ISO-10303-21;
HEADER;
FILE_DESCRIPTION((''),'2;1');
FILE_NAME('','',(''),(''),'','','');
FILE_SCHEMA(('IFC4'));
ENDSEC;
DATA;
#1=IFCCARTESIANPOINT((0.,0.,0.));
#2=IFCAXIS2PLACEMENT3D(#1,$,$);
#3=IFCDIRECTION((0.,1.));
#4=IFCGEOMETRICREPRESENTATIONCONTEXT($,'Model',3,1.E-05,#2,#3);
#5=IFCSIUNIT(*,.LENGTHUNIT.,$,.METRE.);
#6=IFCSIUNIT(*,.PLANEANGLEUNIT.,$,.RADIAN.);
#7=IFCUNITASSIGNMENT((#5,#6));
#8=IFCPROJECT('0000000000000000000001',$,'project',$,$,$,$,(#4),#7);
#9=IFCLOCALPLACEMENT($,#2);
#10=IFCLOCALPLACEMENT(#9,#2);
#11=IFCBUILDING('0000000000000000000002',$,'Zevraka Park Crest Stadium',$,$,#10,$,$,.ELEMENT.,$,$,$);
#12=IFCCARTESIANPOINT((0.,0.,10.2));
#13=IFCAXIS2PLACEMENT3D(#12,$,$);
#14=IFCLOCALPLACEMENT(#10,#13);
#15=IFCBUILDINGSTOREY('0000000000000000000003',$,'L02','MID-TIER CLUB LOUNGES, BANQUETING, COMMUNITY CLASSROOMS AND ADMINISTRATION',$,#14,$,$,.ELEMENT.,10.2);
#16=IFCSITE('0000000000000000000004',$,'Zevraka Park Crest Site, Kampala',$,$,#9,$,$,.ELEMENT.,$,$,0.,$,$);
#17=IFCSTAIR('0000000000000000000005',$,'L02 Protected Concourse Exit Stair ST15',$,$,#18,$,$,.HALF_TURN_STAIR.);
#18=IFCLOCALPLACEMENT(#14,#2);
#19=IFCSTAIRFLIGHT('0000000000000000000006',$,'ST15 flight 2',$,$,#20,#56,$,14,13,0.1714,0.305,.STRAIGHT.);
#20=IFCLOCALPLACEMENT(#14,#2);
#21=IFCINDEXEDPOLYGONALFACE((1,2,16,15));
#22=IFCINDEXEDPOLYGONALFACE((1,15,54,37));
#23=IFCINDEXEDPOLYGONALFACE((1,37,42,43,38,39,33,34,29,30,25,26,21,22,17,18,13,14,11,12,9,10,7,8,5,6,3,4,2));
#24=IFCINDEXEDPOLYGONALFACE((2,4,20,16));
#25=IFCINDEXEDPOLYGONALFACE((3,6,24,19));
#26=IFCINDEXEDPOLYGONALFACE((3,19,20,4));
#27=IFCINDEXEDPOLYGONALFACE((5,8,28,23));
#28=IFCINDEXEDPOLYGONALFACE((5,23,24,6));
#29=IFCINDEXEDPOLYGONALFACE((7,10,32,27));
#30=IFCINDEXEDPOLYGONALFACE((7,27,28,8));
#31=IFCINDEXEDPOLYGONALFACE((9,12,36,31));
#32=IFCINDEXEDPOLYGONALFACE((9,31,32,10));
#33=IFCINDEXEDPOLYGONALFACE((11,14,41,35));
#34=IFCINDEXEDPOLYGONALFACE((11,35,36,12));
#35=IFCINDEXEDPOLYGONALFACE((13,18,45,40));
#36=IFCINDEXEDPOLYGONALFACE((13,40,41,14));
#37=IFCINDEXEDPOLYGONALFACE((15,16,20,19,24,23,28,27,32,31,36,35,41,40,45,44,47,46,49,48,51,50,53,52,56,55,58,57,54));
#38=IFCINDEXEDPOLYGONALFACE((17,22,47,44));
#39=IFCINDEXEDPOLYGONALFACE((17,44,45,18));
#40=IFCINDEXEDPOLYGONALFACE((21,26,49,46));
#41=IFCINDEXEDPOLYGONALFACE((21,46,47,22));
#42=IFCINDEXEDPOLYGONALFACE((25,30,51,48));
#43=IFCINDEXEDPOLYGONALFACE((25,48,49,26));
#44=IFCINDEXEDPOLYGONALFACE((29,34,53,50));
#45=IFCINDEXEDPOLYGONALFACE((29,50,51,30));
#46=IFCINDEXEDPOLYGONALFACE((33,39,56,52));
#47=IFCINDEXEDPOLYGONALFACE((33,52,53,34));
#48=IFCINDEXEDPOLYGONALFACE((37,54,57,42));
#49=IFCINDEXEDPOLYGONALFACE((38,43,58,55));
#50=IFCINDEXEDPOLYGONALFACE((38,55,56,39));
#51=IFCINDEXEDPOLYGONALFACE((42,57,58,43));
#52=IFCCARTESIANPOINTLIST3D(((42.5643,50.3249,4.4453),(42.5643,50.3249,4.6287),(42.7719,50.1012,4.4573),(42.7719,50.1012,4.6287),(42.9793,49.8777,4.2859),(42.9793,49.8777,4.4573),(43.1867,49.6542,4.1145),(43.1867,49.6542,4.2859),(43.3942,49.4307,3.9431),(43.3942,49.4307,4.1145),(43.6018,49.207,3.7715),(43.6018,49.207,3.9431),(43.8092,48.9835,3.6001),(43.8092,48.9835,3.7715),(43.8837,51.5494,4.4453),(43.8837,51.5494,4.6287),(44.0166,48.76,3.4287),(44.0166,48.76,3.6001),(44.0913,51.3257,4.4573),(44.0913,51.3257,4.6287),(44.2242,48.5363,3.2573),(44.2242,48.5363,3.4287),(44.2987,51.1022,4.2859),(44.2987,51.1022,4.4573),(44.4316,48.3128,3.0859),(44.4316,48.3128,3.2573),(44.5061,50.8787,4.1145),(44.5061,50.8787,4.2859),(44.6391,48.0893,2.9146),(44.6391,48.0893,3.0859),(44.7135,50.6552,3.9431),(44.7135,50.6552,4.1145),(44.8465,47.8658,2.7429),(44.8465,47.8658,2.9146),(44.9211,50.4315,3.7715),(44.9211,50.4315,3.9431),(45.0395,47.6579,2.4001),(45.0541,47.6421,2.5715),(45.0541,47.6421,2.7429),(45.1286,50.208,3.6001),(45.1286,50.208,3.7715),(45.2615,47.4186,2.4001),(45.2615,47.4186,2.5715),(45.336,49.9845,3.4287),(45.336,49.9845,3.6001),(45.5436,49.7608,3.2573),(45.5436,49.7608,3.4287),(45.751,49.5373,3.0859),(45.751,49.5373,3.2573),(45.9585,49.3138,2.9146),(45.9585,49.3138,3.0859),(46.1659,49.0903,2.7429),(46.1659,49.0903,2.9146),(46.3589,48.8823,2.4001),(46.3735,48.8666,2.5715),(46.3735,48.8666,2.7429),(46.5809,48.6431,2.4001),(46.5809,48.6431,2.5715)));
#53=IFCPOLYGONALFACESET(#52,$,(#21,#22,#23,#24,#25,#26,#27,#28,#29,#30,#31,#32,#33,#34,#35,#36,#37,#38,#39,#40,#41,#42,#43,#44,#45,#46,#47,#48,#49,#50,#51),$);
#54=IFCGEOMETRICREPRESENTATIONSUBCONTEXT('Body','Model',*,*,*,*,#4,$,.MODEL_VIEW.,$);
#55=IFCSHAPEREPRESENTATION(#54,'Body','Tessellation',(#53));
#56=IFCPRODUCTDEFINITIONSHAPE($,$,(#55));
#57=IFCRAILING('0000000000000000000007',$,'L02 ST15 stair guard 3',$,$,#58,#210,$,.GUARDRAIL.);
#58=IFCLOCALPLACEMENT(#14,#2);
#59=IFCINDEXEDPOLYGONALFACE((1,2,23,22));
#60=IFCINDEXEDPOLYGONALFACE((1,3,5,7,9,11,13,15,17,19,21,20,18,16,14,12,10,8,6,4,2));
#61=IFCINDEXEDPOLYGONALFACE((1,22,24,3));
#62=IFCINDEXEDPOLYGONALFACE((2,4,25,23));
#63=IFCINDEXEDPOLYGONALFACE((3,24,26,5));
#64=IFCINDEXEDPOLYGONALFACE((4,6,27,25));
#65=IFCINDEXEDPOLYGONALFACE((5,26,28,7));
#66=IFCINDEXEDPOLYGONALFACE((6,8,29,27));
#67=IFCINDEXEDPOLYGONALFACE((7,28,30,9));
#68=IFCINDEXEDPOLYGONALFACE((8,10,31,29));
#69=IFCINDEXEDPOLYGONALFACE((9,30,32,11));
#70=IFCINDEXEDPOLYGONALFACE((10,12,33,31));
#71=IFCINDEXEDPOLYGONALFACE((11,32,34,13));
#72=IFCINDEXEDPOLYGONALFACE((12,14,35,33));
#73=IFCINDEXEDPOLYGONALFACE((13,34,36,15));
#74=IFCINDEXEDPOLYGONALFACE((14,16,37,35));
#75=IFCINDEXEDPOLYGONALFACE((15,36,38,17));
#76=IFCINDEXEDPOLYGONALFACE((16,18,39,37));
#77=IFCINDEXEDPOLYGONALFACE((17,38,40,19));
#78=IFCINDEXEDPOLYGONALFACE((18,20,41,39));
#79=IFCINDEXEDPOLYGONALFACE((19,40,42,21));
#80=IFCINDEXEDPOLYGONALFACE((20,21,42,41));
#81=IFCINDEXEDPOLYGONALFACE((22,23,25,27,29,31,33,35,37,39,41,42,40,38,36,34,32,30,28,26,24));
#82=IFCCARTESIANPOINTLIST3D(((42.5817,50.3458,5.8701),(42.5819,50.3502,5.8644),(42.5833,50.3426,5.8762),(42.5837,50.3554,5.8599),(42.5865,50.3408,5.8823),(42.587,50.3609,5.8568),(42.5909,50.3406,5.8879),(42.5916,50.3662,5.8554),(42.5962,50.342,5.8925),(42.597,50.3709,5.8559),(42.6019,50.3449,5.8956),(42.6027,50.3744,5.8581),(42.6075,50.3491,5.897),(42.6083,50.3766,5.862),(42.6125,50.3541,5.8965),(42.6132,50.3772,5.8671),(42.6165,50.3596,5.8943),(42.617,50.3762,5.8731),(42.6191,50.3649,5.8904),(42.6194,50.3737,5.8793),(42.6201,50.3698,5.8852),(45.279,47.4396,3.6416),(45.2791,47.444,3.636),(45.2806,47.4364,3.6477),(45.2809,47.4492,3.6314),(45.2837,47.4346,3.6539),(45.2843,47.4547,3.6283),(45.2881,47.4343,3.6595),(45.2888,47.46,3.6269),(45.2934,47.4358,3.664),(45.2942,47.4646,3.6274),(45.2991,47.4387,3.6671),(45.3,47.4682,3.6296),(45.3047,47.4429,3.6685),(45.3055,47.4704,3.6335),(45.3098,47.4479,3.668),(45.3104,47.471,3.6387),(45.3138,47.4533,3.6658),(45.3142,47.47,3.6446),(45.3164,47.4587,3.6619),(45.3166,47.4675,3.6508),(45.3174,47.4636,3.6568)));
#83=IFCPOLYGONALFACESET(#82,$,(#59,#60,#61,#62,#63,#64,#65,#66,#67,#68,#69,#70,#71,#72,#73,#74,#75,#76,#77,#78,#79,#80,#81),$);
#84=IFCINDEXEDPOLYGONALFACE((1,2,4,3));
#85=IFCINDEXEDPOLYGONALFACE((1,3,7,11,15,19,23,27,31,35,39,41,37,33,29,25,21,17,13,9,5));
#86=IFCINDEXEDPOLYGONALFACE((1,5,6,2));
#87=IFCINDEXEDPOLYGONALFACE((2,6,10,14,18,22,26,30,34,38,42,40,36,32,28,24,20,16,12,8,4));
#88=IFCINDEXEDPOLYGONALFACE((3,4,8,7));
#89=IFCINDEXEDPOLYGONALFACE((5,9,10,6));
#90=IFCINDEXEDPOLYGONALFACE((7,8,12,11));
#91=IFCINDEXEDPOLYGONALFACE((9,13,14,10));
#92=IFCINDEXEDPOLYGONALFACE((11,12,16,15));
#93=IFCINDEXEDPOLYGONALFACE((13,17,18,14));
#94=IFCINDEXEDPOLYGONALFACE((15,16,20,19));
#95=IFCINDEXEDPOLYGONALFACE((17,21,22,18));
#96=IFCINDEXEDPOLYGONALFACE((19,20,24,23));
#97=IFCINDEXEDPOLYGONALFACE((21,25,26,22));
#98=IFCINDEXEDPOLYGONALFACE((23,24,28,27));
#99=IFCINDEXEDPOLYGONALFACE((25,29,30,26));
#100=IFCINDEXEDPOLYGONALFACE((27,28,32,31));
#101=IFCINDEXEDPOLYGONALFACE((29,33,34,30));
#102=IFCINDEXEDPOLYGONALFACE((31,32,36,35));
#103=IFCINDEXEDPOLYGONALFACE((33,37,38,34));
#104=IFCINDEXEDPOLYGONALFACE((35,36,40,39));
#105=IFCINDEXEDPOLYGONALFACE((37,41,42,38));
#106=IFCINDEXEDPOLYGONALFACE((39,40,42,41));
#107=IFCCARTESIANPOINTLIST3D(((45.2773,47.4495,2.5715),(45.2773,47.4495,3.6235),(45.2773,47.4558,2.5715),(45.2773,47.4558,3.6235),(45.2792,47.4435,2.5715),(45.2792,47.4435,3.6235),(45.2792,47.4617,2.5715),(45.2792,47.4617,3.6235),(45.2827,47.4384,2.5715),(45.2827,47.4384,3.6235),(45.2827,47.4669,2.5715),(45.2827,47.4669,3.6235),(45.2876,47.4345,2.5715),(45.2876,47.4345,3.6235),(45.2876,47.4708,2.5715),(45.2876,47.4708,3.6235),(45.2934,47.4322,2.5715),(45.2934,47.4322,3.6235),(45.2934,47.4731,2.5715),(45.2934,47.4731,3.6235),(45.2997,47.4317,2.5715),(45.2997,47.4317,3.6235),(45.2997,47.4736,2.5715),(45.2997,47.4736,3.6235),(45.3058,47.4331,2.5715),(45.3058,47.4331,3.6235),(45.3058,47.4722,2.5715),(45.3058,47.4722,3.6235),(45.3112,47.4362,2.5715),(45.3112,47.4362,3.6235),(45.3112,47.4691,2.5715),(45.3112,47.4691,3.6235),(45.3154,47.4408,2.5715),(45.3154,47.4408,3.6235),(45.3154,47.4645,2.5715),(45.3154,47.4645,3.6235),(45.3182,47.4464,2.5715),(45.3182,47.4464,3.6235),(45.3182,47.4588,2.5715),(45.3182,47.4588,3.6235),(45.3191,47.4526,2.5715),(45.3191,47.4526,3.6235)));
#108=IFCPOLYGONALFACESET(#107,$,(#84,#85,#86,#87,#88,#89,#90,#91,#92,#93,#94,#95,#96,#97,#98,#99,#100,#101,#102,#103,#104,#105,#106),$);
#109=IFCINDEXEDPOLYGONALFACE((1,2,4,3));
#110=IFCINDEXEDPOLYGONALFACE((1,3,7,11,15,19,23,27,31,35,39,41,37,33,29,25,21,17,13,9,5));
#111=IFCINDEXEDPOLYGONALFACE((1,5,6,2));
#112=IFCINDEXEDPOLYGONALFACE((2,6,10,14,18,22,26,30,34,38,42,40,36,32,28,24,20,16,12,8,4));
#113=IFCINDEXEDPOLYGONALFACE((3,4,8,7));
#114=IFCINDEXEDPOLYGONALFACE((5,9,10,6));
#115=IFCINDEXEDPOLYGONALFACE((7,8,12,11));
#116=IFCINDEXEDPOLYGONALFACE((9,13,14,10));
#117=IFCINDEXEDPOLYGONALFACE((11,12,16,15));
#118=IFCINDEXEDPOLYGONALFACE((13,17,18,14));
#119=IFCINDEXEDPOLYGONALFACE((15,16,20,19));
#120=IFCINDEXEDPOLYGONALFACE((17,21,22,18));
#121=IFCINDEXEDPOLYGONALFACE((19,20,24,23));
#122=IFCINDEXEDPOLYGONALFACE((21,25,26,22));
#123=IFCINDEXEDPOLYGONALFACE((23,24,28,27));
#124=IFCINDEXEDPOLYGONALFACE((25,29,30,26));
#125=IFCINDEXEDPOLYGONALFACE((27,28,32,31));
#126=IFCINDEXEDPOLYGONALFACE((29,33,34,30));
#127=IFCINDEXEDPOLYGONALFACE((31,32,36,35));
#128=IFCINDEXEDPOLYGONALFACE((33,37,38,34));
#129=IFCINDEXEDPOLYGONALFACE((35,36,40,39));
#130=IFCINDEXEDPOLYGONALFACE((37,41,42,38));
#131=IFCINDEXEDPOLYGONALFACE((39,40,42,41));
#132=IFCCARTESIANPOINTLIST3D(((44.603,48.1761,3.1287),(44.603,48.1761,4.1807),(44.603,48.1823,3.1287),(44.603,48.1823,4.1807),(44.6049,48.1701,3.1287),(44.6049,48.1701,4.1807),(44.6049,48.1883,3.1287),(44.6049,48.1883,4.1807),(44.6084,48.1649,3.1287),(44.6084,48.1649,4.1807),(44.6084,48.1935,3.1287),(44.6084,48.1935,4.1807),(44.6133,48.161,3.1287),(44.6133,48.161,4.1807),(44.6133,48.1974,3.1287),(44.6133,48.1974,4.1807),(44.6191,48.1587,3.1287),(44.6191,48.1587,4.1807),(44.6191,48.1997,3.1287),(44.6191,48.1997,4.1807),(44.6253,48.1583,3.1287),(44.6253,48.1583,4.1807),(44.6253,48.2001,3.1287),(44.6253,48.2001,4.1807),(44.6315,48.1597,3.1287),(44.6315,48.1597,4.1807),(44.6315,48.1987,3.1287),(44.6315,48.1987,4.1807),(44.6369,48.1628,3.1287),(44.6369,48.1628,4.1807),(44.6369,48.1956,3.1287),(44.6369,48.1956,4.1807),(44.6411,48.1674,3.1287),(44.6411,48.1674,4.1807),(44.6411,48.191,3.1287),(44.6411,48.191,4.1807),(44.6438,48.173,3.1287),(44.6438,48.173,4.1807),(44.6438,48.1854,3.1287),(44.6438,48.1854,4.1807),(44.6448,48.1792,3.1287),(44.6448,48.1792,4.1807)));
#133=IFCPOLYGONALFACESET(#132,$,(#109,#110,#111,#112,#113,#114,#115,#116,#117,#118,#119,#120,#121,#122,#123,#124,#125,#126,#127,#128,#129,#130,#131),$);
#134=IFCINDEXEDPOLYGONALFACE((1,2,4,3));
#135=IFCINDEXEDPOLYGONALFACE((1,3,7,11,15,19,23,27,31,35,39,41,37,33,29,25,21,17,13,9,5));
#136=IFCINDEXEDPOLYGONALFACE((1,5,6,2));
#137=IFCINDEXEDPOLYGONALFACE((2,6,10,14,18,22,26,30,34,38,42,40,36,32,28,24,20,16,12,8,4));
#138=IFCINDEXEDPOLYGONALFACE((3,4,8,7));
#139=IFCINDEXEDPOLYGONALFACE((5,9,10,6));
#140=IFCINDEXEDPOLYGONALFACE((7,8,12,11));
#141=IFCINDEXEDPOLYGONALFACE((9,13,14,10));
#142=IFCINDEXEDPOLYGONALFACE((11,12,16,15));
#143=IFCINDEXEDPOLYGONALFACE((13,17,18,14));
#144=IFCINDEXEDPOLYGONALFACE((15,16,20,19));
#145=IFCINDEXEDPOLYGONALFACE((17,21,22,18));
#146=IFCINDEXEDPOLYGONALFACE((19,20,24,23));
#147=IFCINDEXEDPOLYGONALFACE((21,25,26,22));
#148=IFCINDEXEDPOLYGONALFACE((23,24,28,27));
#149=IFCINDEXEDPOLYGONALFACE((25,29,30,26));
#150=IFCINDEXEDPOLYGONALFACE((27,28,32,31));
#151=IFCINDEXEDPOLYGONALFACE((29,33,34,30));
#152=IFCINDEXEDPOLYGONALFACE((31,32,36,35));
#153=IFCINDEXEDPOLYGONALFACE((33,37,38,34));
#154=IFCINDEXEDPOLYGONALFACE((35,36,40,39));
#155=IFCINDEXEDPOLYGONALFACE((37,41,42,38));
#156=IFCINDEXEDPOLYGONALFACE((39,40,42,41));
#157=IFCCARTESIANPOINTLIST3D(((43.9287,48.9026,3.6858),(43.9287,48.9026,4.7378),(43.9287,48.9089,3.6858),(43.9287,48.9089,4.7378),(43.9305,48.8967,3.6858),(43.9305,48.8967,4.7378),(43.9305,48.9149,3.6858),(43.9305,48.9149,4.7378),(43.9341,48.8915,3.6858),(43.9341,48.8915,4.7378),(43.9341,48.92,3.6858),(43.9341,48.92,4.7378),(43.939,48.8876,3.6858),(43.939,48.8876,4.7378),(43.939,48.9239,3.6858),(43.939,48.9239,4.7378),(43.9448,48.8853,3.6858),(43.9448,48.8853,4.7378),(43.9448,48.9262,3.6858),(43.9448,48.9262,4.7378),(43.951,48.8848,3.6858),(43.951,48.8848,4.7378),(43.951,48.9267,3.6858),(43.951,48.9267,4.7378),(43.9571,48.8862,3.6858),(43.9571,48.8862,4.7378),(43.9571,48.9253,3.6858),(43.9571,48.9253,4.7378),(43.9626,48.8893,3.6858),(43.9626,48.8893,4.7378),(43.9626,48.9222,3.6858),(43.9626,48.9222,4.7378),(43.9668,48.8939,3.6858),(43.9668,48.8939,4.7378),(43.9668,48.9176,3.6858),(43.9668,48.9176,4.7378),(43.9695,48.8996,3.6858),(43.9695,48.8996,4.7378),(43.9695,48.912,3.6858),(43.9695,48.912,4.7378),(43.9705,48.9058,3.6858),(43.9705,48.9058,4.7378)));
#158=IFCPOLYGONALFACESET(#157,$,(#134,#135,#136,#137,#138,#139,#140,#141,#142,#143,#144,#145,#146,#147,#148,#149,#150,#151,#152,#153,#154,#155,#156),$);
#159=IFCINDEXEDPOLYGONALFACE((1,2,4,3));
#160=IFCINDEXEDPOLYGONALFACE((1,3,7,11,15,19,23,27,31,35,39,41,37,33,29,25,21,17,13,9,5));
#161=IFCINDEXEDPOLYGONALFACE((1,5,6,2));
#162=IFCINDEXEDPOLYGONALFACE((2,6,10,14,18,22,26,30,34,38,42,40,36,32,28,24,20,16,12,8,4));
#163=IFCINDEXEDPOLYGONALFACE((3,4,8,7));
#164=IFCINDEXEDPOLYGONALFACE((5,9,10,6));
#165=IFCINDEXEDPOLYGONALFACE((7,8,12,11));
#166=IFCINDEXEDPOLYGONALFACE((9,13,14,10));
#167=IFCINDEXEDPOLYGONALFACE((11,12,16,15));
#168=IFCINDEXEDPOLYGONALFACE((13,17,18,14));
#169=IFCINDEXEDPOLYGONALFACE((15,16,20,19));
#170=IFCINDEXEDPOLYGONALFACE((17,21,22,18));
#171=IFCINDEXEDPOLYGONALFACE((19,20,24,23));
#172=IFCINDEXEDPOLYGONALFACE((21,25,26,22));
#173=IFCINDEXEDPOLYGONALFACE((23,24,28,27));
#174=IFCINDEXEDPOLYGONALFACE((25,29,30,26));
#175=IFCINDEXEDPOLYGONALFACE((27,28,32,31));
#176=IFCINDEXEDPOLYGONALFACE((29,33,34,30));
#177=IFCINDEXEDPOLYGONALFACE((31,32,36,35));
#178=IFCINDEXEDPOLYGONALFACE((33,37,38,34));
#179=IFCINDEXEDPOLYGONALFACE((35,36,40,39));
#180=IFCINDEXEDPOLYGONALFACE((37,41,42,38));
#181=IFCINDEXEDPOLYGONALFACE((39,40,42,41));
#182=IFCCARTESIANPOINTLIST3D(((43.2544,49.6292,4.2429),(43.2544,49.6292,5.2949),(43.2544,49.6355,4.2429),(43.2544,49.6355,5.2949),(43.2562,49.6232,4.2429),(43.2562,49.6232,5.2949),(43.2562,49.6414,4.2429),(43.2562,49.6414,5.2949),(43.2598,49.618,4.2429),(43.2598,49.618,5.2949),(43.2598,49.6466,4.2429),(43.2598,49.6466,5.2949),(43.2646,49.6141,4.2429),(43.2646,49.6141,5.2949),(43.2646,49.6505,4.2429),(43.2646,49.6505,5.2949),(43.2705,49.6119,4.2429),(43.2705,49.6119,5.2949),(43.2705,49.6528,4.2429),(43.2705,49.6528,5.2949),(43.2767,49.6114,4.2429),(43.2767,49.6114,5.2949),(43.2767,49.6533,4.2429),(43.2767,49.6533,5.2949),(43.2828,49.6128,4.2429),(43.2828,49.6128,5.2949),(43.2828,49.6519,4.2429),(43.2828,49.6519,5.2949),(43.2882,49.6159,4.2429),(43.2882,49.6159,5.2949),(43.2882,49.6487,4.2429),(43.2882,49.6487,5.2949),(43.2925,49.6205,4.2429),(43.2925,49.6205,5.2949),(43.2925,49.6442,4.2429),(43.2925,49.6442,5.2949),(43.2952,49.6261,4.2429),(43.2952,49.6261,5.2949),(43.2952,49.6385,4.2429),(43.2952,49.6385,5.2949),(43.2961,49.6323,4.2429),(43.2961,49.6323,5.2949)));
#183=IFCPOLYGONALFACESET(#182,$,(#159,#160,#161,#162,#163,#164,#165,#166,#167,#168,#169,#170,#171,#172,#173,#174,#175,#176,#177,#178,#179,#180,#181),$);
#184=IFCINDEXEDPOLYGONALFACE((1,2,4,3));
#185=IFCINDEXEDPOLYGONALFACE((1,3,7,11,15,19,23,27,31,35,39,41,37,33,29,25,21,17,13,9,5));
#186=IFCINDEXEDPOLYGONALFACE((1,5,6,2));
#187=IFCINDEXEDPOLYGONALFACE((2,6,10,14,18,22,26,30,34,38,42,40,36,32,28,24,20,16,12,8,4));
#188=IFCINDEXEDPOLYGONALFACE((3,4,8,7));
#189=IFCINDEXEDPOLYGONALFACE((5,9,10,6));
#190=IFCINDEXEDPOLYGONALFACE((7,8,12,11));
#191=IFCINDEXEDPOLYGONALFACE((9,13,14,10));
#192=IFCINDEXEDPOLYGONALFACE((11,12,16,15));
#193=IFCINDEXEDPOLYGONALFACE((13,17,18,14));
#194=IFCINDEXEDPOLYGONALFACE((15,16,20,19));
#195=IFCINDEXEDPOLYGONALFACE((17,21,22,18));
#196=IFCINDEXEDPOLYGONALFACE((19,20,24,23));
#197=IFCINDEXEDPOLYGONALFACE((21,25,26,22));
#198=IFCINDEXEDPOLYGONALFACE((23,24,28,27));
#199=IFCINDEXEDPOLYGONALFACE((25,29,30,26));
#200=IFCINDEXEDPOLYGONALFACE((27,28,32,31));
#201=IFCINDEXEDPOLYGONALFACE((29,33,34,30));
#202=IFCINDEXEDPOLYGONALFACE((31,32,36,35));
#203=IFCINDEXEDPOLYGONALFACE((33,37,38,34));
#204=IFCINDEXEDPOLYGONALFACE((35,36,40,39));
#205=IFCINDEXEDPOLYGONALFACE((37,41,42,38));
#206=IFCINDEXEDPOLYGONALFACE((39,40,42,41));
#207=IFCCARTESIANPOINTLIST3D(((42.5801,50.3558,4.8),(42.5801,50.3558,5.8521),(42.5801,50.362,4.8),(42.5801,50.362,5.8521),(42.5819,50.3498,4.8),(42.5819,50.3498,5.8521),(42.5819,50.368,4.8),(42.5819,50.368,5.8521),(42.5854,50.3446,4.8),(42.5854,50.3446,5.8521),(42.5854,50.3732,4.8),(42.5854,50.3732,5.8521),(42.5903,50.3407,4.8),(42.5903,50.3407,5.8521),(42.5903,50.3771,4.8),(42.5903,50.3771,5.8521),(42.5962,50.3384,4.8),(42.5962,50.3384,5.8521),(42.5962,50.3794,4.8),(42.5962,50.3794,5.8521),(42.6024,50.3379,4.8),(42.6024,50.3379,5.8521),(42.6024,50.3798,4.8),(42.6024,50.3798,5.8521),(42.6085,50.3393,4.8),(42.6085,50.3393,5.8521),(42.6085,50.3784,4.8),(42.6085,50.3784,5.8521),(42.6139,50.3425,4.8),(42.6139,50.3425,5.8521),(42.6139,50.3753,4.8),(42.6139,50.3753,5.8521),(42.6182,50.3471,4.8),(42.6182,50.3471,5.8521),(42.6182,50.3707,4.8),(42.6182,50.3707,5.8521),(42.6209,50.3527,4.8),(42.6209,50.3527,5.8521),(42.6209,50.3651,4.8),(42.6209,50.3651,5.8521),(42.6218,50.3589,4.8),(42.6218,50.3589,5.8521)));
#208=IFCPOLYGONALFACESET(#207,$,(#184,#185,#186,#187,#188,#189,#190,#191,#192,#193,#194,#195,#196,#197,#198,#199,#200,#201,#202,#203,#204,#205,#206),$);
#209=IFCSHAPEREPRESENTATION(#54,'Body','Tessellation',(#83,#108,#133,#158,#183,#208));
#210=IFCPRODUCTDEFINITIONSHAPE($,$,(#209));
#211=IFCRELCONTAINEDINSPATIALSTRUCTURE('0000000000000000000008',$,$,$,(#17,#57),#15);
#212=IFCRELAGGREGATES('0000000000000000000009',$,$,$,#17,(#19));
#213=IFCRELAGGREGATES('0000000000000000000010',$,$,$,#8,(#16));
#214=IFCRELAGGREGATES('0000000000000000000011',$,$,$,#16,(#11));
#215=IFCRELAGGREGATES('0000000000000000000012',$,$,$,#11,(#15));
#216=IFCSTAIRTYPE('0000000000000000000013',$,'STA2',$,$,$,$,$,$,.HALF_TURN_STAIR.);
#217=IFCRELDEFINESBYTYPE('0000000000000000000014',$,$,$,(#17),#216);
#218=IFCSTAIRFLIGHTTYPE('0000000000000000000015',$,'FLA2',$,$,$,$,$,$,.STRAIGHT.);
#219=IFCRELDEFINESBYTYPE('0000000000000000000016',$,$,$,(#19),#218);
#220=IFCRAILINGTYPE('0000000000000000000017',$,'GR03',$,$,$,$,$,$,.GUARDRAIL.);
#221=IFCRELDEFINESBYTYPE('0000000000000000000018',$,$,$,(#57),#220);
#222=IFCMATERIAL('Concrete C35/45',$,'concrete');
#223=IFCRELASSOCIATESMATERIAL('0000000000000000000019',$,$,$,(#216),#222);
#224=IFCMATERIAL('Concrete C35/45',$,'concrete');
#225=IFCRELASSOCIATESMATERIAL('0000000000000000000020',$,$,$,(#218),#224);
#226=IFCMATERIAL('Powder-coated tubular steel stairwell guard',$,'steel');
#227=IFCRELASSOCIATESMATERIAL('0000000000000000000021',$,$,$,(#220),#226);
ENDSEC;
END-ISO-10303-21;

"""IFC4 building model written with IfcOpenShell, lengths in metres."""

from ifc_helpers import new_model, si_unit, direction, frame, origin, origin_2d, place, context, subcontext, project, spatial, polyline, circle, outline, extrude, material, type_object, element, aggregate, save


model = new_model("IFC4")

# Units and contexts
model_context = context("Model", 3, precision=1e-05, world=origin(), true_north=direction((0.0, 1.0)))
body_context = subcontext(model_context, "Body", "Model", "MODEL_VIEW")
ifc_project = project(units=[si_unit("LENGTHUNIT", "METRE"), si_unit("PLANEANGLEUNIT", "RADIAN")], contexts=[model_context])

# Site, building, storey
site_placement = place(None, origin())
site = spatial("IfcSite", under=ifc_project, at=site_placement, Name="Zevraka Park Crest Site, Kampala", CompositionType="ELEMENT", RefElevation=0.0)
building_placement = place(site_placement, origin())
building = spatial("IfcBuilding", under=site, at=building_placement, Name="Zevraka Park Crest Stadium", CompositionType="ELEMENT")
storey_placement = place(building_placement, frame((0.0, 0.0, 10.2)))
storey = spatial("IfcBuildingStorey", under=building, at=storey_placement, Name="L02", Description="MID-TIER CLUB LOUNGES, BANQUETING, COMMUNITY CLASSROOMS AND ADMINISTRATION", CompositionType="ELEMENT", Elevation=10.2)

# Stair, stair flight
ifc_material_1 = material(Name="Concrete C35/45", Category="concrete")
stair_type = type_object("IfcStairType", Name="STA2", PredefinedType="HALF_TURN_STAIR", material=ifc_material_1)
stair_placement = place(storey_placement, origin())
stair = element("IfcStair", 1, at=stair_placement, inside=storey, type_object=stair_type, Name="L02 Protected Concourse Exit Stair ST15", PredefinedType="HALF_TURN_STAIR")
ifc_material_2 = material(Name="Concrete C35/45", Category="concrete")
stair_flight_type = type_object("IfcStairFlightType", Name="FLA2", PredefinedType="STRAIGHT", material=ifc_material_2)
stair_flight_placement = place(storey_placement, frame((45.9211, 48.0308, 2.4001), z_axis=(0.0, 0.0, 1.0), x_axis=(-0.680255, 0.732975, 0.0)))
stair_flight = element("IfcStairFlight", 2, at=stair_flight_placement, type_object=stair_flight_type, Name="ST15 flight 2", NumberOfRisers=14, NumberOfTreads=13, PredefinedType="STRAIGHT", RiserHeight=0.1714, TreadLength=0.305, context=body_context, shape_type="SweptSolid", body=[
    extrude(outline(polyline([(0.0, 0.0), (0.0, 0.1714), (0.3049, 0.1714), (0.3049, 0.3428), (0.6101, 0.3428), (0.6101, 0.5144), (0.915, 0.5144), (0.915, 0.6858), (1.22, 0.6858), (1.22, 0.8572), (1.5249, 0.8572), (1.5249, 1.0286), (1.8301, 1.0286), (1.8301, 1.2), (2.135, 1.2), (2.135, 1.3713), (2.4399, 1.3713), (2.4399, 1.543), (2.7451, 1.543), (2.7451, 1.7144), (3.05, 1.7144), (3.05, 1.8857), (3.355, 1.8857), (3.355, 2.0571), (3.6599, 2.0571), (3.6599, 2.2285), (3.9651, 2.2285), (3.9651, 2.3999), (3.9651, 2.0452), (0.3264, 0.0), (0.0, 0.0)])), frame((0.0, 0.8999, 0.0), z_axis=(0.0, -1.0, 0.0), x_axis=(1.0, 0.0, 0.0)), (0.0, 0.0, 1.0), 1.8),
])
aggregate(stair, [stair_flight])

# Railing
ifc_material_3 = material(Name="Powder-coated tubular steel stairwell guard", Category="steel")
railing_type_1 = type_object("IfcRailingType", Name="GR03", PredefinedType="GUARDRAIL", material=ifc_material_3)
railing_1_placement = place(storey_placement, frame((45.2981, 47.4526, 2.5715)))
element("IfcRailing", 3, at=railing_1_placement, inside=storey, type_object=railing_type_1, Name="L02 ST15 stair guard 3", PredefinedType="GUARDRAIL", context=body_context, shape_type="SweptSolid", body=[
    extrude(circle(Radius=0.0239, at=origin_2d()), frame((0.0, 0.0, 1.0762), z_axis=(-0.593016, 0.638963, 0.489957), x_axis=(-0.732969, -0.680262, 0.0)), (0.0, 0.0, 1.0), 4.5483),
    extrude(circle(Radius=0.021, at=origin_2d()), origin(), (0.0, 0.0, 1.0), 1.052),
    extrude(circle(Radius=0.021, at=origin_2d()), frame((-0.6743, 0.7266, 0.5571)), (0.0, 0.0, 1.0), 1.052),
    extrude(circle(Radius=0.021, at=origin_2d()), frame((-1.3486, 1.4531, 1.1143)), (0.0, 0.0, 1.0), 1.052),
    extrude(circle(Radius=0.021, at=origin_2d()), frame((-2.0229, 2.1797, 1.6714)), (0.0, 0.0, 1.0), 1.052),
    extrude(circle(Radius=0.021, at=origin_2d()), frame((-2.6973, 2.9062, 2.2285)), (0.0, 0.0, 1.0), 1.052),
])

save(model, "model.ifc")
